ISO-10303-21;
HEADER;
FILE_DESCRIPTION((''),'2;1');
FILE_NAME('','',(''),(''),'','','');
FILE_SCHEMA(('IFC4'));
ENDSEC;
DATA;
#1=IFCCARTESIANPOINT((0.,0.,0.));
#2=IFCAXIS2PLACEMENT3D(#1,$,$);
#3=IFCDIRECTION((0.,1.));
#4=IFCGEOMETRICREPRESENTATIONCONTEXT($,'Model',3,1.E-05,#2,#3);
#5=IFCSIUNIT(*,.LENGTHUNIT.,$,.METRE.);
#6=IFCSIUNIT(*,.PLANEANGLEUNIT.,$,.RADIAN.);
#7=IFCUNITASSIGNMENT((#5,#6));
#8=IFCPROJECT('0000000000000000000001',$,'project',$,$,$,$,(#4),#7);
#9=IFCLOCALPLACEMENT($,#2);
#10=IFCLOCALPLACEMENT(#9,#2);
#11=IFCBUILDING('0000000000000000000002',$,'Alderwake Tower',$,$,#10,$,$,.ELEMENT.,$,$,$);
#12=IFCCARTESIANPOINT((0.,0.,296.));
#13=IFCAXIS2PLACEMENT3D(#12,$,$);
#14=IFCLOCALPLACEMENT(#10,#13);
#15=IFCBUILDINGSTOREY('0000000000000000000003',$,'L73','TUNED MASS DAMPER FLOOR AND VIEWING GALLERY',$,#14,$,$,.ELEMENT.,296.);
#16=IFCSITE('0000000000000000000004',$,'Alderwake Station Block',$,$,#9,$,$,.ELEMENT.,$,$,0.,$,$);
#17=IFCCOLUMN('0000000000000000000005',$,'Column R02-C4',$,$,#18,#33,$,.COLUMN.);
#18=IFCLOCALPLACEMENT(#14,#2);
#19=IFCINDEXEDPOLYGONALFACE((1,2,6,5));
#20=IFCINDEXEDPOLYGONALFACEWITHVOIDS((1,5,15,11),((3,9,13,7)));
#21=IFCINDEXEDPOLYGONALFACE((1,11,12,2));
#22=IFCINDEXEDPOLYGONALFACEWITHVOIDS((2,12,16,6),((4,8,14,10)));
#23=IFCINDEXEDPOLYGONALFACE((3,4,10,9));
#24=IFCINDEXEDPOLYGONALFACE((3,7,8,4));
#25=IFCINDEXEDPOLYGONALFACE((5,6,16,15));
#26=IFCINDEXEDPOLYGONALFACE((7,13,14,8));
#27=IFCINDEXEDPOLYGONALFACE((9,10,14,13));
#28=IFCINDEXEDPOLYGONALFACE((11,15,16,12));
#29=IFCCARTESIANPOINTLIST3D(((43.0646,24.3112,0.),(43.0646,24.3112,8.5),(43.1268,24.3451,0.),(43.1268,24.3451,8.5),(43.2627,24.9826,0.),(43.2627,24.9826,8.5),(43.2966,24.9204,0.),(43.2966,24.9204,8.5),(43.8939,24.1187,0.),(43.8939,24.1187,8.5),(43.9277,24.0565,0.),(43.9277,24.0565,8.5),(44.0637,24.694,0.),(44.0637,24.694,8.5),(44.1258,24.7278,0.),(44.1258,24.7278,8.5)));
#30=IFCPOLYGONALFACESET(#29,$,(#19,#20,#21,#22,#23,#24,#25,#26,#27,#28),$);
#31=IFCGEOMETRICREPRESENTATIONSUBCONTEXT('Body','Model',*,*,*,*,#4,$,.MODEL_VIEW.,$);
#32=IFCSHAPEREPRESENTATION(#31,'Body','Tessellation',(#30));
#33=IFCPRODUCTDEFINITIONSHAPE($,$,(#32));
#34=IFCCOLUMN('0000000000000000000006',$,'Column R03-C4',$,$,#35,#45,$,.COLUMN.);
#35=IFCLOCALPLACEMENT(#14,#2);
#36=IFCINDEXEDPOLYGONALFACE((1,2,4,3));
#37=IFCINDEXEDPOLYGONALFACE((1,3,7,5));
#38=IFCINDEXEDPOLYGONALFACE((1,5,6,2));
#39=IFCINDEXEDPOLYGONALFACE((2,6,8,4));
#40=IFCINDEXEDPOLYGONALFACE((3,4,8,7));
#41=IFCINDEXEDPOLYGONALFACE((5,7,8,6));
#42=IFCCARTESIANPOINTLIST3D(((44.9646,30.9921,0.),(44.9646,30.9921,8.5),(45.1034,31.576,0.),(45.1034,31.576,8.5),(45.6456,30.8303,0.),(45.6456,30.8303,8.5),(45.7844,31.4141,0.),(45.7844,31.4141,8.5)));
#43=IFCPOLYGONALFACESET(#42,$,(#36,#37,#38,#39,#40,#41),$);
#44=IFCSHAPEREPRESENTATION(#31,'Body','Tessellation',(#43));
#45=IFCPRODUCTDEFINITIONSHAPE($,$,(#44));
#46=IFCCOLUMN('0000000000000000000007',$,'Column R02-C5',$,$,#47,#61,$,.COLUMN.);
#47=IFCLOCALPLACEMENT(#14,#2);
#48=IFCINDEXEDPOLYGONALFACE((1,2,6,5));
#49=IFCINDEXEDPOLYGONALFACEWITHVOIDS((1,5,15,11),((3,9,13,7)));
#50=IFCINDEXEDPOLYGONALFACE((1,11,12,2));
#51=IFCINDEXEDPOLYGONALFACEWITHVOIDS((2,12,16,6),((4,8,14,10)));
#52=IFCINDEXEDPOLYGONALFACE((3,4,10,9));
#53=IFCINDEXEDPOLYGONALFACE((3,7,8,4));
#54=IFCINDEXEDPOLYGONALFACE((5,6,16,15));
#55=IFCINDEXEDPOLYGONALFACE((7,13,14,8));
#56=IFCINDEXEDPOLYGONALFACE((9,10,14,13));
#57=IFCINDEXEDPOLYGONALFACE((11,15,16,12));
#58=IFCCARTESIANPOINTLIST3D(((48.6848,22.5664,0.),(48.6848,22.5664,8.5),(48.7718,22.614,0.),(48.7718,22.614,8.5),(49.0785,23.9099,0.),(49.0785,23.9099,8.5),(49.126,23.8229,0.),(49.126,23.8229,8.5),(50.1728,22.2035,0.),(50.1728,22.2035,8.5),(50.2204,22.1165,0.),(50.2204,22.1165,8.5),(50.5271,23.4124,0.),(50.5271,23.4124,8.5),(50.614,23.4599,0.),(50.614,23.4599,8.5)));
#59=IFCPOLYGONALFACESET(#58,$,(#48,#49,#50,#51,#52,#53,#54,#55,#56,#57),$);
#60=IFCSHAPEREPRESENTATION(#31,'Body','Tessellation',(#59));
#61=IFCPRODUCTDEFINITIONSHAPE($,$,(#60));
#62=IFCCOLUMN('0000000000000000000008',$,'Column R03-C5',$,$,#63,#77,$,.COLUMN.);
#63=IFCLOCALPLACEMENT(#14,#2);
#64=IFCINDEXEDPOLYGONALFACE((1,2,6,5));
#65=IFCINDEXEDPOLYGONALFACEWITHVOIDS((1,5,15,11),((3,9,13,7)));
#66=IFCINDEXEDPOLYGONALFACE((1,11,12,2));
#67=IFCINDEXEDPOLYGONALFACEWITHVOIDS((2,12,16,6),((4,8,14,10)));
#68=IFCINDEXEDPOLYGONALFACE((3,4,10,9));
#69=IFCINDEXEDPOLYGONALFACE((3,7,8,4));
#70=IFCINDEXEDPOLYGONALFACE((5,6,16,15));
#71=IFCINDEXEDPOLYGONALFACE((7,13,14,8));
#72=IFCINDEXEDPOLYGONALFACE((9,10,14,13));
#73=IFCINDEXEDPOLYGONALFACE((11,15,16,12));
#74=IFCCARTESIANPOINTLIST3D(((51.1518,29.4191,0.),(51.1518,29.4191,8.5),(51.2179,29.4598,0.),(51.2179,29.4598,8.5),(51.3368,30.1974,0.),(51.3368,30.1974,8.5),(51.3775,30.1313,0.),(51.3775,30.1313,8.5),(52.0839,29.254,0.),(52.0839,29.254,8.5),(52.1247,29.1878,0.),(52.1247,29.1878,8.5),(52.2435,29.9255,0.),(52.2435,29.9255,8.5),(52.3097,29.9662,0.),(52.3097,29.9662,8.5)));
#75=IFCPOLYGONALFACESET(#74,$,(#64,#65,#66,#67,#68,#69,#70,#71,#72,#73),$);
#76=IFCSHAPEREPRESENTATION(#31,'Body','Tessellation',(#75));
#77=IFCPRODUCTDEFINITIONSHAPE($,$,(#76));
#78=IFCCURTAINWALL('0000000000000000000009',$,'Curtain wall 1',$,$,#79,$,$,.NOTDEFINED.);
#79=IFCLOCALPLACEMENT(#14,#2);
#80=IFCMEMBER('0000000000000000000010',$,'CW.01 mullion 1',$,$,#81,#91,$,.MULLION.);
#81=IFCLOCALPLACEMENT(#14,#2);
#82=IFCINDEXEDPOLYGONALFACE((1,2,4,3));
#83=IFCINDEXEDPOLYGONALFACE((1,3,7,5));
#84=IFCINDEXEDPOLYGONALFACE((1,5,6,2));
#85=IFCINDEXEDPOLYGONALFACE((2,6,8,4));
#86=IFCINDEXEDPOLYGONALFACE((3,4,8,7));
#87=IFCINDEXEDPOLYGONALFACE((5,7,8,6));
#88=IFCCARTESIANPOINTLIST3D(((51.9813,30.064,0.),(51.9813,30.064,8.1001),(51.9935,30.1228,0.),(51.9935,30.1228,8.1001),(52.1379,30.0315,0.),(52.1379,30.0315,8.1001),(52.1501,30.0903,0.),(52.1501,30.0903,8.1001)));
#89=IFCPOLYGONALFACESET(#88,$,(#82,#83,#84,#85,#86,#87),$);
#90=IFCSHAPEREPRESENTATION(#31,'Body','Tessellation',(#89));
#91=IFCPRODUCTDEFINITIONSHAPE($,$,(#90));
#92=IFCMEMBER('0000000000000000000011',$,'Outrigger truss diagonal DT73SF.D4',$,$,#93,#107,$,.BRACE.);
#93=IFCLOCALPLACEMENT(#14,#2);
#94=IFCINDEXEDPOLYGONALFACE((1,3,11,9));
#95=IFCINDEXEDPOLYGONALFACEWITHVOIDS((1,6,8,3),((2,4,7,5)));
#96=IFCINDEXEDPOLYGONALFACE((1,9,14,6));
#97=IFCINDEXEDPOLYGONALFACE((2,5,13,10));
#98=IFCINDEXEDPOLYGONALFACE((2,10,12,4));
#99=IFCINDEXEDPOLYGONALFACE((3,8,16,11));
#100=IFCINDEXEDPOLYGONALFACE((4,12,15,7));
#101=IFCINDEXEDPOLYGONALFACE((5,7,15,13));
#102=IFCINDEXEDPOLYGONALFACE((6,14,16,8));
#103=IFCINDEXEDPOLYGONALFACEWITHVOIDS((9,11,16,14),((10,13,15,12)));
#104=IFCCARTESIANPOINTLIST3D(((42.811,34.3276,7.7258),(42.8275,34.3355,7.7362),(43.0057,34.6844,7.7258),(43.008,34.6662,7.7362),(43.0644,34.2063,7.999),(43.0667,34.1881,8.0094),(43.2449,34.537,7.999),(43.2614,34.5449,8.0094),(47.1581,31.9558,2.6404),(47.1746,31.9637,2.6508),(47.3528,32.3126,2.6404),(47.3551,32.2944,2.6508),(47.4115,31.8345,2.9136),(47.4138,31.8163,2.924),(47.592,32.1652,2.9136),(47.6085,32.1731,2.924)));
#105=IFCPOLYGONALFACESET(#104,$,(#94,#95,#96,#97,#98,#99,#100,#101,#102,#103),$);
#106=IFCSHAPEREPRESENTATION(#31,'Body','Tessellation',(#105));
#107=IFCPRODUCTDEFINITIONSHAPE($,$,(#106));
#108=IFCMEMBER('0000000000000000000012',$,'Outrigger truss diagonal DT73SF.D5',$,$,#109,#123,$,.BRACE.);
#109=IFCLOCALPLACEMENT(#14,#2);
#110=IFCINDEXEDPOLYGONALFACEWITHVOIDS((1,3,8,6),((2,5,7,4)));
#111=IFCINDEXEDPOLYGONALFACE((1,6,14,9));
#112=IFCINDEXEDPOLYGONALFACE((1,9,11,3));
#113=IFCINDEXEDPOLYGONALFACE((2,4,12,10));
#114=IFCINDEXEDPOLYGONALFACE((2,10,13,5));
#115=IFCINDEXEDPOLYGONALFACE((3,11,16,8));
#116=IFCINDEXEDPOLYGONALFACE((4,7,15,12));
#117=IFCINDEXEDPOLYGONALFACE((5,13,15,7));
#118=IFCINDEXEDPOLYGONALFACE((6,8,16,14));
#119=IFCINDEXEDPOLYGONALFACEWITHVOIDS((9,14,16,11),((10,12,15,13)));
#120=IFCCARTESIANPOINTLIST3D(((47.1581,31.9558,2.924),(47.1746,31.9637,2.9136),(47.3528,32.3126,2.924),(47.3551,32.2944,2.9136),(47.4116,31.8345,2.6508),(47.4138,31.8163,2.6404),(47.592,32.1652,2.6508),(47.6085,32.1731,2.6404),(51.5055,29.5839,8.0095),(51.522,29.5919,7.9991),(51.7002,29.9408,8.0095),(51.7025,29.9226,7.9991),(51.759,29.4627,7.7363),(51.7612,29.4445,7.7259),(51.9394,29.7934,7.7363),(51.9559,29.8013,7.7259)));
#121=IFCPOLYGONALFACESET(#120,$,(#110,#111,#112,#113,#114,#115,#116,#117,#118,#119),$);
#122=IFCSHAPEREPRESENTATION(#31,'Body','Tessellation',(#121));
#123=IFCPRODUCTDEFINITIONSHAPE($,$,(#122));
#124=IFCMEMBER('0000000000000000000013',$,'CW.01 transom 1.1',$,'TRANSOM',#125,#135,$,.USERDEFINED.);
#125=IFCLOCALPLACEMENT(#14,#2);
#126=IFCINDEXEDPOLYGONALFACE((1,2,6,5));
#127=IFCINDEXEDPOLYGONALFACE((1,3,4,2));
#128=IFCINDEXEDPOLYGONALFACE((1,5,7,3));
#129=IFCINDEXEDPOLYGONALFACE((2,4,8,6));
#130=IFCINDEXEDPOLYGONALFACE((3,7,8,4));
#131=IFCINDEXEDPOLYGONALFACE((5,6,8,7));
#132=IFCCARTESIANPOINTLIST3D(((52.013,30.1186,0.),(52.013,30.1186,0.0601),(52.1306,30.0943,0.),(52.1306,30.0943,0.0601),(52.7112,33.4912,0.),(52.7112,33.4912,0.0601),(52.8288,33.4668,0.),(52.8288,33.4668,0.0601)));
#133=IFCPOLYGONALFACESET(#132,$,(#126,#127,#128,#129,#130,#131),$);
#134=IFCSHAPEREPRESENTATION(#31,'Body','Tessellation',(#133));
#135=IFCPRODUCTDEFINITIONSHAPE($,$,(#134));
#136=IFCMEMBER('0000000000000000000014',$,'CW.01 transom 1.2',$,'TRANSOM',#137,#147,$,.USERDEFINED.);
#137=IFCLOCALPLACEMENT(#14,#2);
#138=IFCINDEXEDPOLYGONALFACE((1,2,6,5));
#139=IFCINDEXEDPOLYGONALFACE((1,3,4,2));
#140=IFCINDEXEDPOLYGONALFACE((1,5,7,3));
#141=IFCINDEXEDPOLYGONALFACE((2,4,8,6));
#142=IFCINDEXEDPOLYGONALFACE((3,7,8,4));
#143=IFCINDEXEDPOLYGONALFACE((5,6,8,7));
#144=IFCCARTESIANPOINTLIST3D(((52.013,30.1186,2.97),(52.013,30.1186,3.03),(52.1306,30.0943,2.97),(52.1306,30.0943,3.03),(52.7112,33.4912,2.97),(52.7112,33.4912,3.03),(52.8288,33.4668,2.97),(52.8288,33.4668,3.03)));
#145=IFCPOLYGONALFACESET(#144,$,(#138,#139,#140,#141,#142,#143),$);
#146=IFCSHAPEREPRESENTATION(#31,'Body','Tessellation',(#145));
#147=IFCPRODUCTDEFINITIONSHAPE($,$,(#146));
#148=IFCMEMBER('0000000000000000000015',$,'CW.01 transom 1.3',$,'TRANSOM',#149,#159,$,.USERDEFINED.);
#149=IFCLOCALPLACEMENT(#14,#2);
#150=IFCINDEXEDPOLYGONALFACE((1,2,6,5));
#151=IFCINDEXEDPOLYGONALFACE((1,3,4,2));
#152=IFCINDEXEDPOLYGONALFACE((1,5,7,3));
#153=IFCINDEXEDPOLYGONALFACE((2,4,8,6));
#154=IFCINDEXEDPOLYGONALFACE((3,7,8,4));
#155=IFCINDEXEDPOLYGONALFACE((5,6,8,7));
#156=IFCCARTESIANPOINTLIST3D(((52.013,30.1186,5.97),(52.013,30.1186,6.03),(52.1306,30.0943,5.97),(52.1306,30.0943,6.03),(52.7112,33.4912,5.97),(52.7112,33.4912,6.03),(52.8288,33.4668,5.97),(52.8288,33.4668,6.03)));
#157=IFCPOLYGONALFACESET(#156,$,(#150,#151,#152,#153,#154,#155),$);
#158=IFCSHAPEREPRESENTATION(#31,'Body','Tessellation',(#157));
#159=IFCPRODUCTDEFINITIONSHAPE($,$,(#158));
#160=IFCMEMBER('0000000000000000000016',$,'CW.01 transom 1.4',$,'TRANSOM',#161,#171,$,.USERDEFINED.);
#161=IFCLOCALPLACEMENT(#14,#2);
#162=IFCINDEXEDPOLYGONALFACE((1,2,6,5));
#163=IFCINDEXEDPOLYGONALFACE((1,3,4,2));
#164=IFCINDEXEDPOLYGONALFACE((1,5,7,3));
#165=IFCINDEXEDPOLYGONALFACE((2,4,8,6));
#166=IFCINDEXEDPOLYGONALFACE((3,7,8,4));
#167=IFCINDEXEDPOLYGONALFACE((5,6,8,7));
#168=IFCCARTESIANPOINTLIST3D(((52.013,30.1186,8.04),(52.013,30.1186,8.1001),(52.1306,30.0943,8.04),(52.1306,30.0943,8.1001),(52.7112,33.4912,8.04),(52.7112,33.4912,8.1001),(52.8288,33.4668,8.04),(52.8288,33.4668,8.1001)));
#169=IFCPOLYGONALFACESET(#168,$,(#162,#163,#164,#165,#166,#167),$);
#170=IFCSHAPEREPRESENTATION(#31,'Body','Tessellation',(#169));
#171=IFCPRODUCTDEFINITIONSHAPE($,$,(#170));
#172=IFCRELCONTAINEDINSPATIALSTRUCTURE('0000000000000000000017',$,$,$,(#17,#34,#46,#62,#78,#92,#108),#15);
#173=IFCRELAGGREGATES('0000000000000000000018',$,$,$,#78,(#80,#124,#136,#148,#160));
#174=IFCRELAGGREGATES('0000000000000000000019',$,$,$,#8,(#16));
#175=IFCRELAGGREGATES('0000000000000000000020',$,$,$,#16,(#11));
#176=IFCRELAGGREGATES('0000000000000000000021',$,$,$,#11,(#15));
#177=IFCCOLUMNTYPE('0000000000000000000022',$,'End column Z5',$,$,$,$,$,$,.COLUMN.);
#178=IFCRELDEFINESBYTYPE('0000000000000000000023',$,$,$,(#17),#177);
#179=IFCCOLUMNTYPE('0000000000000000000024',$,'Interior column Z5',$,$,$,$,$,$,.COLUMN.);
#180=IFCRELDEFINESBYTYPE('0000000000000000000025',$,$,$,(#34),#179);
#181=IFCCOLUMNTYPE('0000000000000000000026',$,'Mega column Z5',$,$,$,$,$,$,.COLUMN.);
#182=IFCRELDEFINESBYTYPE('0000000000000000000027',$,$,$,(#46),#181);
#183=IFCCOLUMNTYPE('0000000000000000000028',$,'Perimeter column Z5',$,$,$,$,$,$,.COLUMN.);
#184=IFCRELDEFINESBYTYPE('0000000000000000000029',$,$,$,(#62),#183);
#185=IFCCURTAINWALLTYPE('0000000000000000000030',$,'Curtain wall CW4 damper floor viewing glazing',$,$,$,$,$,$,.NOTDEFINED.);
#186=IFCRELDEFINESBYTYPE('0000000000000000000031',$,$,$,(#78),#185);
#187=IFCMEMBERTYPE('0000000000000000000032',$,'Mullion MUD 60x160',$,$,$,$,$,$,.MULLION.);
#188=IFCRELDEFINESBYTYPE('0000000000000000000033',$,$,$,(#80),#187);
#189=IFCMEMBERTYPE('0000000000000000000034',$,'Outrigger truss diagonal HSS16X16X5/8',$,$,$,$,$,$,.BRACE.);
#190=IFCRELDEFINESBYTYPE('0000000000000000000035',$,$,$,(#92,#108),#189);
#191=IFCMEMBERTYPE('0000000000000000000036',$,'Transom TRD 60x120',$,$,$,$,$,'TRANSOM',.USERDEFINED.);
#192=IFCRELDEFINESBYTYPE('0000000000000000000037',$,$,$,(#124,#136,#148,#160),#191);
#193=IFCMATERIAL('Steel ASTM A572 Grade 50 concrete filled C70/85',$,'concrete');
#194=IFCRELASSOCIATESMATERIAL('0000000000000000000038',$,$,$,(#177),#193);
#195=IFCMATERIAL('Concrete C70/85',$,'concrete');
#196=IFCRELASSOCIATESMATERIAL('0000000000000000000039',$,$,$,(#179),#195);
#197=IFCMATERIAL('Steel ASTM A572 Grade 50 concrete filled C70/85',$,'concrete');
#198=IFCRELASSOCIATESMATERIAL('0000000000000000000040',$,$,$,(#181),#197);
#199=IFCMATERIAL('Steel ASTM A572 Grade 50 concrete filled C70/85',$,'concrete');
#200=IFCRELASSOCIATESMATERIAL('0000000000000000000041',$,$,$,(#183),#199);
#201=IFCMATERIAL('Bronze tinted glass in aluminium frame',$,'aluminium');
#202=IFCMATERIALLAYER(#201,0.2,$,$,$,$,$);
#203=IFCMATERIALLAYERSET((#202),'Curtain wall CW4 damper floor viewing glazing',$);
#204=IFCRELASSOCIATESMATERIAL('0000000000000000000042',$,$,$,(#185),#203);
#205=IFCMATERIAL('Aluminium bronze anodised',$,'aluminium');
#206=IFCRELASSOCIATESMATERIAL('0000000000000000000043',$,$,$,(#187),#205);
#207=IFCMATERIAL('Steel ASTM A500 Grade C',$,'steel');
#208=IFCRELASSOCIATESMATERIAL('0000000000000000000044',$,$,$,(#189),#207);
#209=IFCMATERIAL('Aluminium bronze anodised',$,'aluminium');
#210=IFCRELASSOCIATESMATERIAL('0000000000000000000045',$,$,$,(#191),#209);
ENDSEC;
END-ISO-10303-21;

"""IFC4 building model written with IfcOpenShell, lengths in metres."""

from ifc_helpers import new_model, si_unit, direction, frame, origin, origin_2d, place, context, subcontext, project, spatial, rectangle, hollow_rectangle, extrude, material, layer, layer_set, material_profile, profile_set, type_object, element, aggregate, save


model = new_model("IFC4")

# Units and contexts
model_context = context("Model", 3, precision=1e-05, world=origin(), true_north=direction((0.0, 1.0)))
body_context = subcontext(model_context, "Body", "Model", "MODEL_VIEW")
ifc_project = project(units=[si_unit("LENGTHUNIT", "METRE"), si_unit("PLANEANGLEUNIT", "RADIAN")], contexts=[model_context])

# Site, building, storey
site_placement = place(None, origin())
site = spatial("IfcSite", under=ifc_project, at=site_placement, Name="Alderwake Station Block", CompositionType="ELEMENT", RefElevation=0.0)
building_placement = place(site_placement, origin())
building = spatial("IfcBuilding", under=site, at=building_placement, Name="Alderwake Tower", CompositionType="ELEMENT")
storey_placement = place(building_placement, frame((0.0, 0.0, 296.0)))
storey = spatial("IfcBuildingStorey", under=building, at=storey_placement, Name="L73", Description="TUNED MASS DAMPER FLOOR AND VIEWING GALLERY", CompositionType="ELEMENT", Elevation=296.0)

# Columns
ifc_material_1 = material(Name="Steel ASTM A572 Grade 50 concrete filled C70/85", Category="concrete")
ifc_material_profile_1 = material_profile(ifc_material_1, hollow_rectangle(XDim=0.7, YDim=0.8999, WallThickness=0.05, at=origin_2d()), Name="BOX 900X700X50")
ifc_profile_set_1 = profile_set([ifc_material_profile_1], Name="Steel ASTM A572 Grade 50 concrete filled C70/85")
column_type_1 = type_object("IfcColumnType", Name="End column Z5", PredefinedType="COLUMN", material=ifc_profile_set_1)
column_1_placement = place(storey_placement, frame((43.5952, 24.5195, 0.0), z_axis=(0.0, 0.0, 1.0), x_axis=(0.283086, 0.959094, 0.0)))
element("IfcColumn", 1, at=column_1_placement, inside=storey, type_object=column_type_1, Name="Column R02-C4", PredefinedType="COLUMN", context=body_context, shape_type="SweptSolid", body=[
    extrude(hollow_rectangle(XDim=0.7, YDim=0.8999, WallThickness=0.05, at=origin_2d()), origin(), (0.0, 0.0, 1.0), 8.5),
])
ifc_material_2 = material(Name="Concrete C70/85", Category="concrete")
ifc_material_profile_2 = material_profile(ifc_material_2, rectangle(XDim=0.6001, YDim=0.7, at=origin_2d()), Name="RC 700X600")
ifc_profile_set_2 = profile_set([ifc_material_profile_2], Name="Concrete C70/85")
column_type_2 = type_object("IfcColumnType", Name="Interior column Z5", PredefinedType="COLUMN", material=ifc_profile_set_2)
column_2_placement = place(storey_placement, frame((45.3745, 31.2031, 0.0), z_axis=(0.0, 0.0, 1.0), x_axis=(0.231222, 0.972901, 0.0)))
element("IfcColumn", 2, at=column_2_placement, inside=storey, type_object=column_type_2, Name="Column R03-C4", PredefinedType="COLUMN", context=body_context, shape_type="SweptSolid", body=[
    extrude(rectangle(XDim=0.6001, YDim=0.7, at=origin_2d()), origin(), (0.0, 0.0, 1.0), 8.5),
])
ifc_material_3 = material(Name="Steel ASTM A572 Grade 50 concrete filled C70/85", Category="concrete")
ifc_material_profile_3 = material_profile(ifc_material_3, hollow_rectangle(XDim=1.3999, YDim=1.6001, WallThickness=0.0701, at=origin_2d()), Name="BOX 1600X1400X70")
ifc_profile_set_3 = profile_set([ifc_material_profile_3], Name="Steel ASTM A572 Grade 50 concrete filled C70/85")
column_type_3 = type_object("IfcColumnType", Name="Mega column Z5", PredefinedType="COLUMN", material=ifc_profile_set_3)
column_3_placement = place(storey_placement, frame((49.6494, 23.0132, 0.0), z_axis=(0.0, 0.0, 1.0), x_axis=(0.281176, 0.959656, 0.0)))
element("IfcColumn", 3, at=column_3_placement, inside=storey, type_object=column_type_3, Name="Column R02-C5", PredefinedType="COLUMN", context=body_context, shape_type="SweptSolid", body=[
    extrude(hollow_rectangle(XDim=1.3999, YDim=1.6001, WallThickness=0.0701, at=origin_2d()), origin(), (0.0, 0.0, 1.0), 8.5),
])
ifc_material_4 = material(Name="Steel ASTM A572 Grade 50 concrete filled C70/85", Category="concrete")
ifc_material_profile_4 = material_profile(ifc_material_4, hollow_rectangle(XDim=0.8, YDim=1.0, WallThickness=0.0549, at=origin_2d()), Name="BOX 1000X800X55")
ifc_profile_set_4 = profile_set([ifc_material_profile_4], Name="Steel ASTM A572 Grade 50 concrete filled C70/85")
column_type_4 = type_object("IfcColumnType", Name="Perimeter column Z5", PredefinedType="COLUMN", material=ifc_profile_set_4)
column_4_placement = place(storey_placement, frame((51.7307, 29.6926, 0.0), z_axis=(0.0, 0.0, 1.0), x_axis=(0.231222, 0.972901, 0.0)))
element("IfcColumn", 4, at=column_4_placement, inside=storey, type_object=column_type_4, Name="Column R03-C5", PredefinedType="COLUMN", context=body_context, shape_type="SweptSolid", body=[
    extrude(hollow_rectangle(XDim=0.8, YDim=1.0, WallThickness=0.0549, at=origin_2d()), origin(), (0.0, 0.0, 1.0), 8.5),
])

# Curtain wall, member
ifc_material_5 = material(Name="Bronze tinted glass in aluminium frame", Category="aluminium")
ifc_layer_1 = layer(ifc_material_5, 0.2)
ifc_layer_set_1 = layer_set([ifc_layer_1], Name="Curtain wall CW4 damper floor viewing glazing")
curtain_wall_type = type_object("IfcCurtainWallType", Name="Curtain wall CW4 damper floor viewing glazing", PredefinedType="NOTDEFINED", material=ifc_layer_set_1)
curtain_wall_placement = place(storey_placement, origin())
curtain_wall = element("IfcCurtainWall", 5, at=curtain_wall_placement, inside=storey, type_object=curtain_wall_type, Name="Curtain wall 1", PredefinedType="NOTDEFINED")
ifc_material_6 = material(Name="Aluminium bronze anodised", Category="aluminium")
ifc_material_profile_5 = material_profile(ifc_material_6, rectangle(XDim=0.1599, YDim=0.0601, at=origin_2d()), Name="Mullion MUD 60x160")
ifc_profile_set_5 = profile_set([ifc_material_profile_5], Name="Aluminium bronze anodised")
member_type_1 = type_object("IfcMemberType", Name="Mullion MUD 60x160", PredefinedType="MULLION", material=ifc_profile_set_5)
member_1_placement = place(storey_placement, frame((52.0657, 30.0771, 0.0), z_axis=(0.0, 0.0, 1.0), x_axis=(-0.979228, 0.202761, 0.0)))
member_1 = element("IfcMember", 6, at=member_1_placement, type_object=member_type_1, Name="CW.01 mullion 1", PredefinedType="MULLION", context=body_context, shape_type="SweptSolid", body=[
    extrude(rectangle(XDim=0.1599, YDim=0.0601, at=origin_2d()), origin(), (0.0, 0.0, 1.0), 8.1001),
])

# Members
ifc_material_7 = material(Name="Steel ASTM A500 Grade C", Category="steel")
ifc_material_profile_6 = material_profile(ifc_material_7, hollow_rectangle(XDim=0.4065, YDim=0.4065, WallThickness=0.0149, at=origin_2d()), Name="HSS16X16X5/8")
ifc_profile_set_6 = profile_set([ifc_material_profile_6], Name="Steel ASTM A500 Grade C")
member_type_2 = type_object("IfcMemberType", Name="Outrigger truss diagonal HSS16X16X5/8", PredefinedType="BRACE", material=ifc_profile_set_6)
member_2_placement = place(storey_placement, frame((47.3833, 32.0645, 2.7822), z_axis=(-0.612428, 0.334142, 0.716437), x_axis=(-0.478952, -0.877841, 0.0)))
element("IfcMember", 7, at=member_2_placement, inside=storey, type_object=member_type_2, Name="Outrigger truss diagonal DT73SF.D4", PredefinedType="BRACE", context=body_context, shape_type="SweptSolid", body=[
    extrude(hollow_rectangle(XDim=0.4065, YDim=0.4065, WallThickness=0.0149, at=origin_2d()), origin(), (0.0, 0.0, 1.0), 7.0981),
])
member_3_placement = place(storey_placement, frame((47.3833, 32.0645, 2.7822), z_axis=(0.612449, -0.334135, 0.716421), x_axis=(0.478932, 0.877852, 0.0)))
element("IfcMember", 8, at=member_3_placement, inside=storey, type_object=member_type_2, Name="Outrigger truss diagonal DT73SF.D5", PredefinedType="BRACE", context=body_context, shape_type="SweptSolid", body=[
    extrude(hollow_rectangle(XDim=0.4065, YDim=0.4065, WallThickness=0.0149, at=origin_2d()), origin(), (0.0, 0.0, 1.0), 7.0984),
])

# Members
ifc_material_8 = material(Name="Aluminium bronze anodised", Category="aluminium")
ifc_material_profile_7 = material_profile(ifc_material_8, rectangle(XDim=0.1201, YDim=0.0601, at=origin_2d()), Name="Transom TRD 60x120")
ifc_profile_set_7 = profile_set([ifc_material_profile_7], Name="Aluminium bronze anodised")
member_type_3 = type_object("IfcMemberType", Name="Transom TRD 60x120", ElementType="TRANSOM", PredefinedType="USERDEFINED", material=ifc_profile_set_7)
member_4_placement = place(storey_placement, frame((52.0718, 30.1064, 0.03), z_axis=(0.202737, 0.979233, 0.0), x_axis=(-0.979233, 0.202737, 0.0)))
member_4 = element("IfcMember", 9, at=member_4_placement, type_object=member_type_3, Name="CW.01 transom 1.1", ObjectType="TRANSOM", PredefinedType="USERDEFINED", context=body_context, shape_type="SweptSolid", body=[
    extrude(rectangle(XDim=0.1201, YDim=0.0601, at=origin_2d()), origin(), (0.0, 0.0, 1.0), 3.4441),
])
member_5_placement = place(storey_placement, frame((52.0718, 30.1064, 3.0), z_axis=(0.202737, 0.979233, 0.0), x_axis=(-0.979233, 0.202737, 0.0)))
member_5 = element("IfcMember", 10, at=member_5_placement, type_object=member_type_3, Name="CW.01 transom 1.2", ObjectType="TRANSOM", PredefinedType="USERDEFINED", context=body_context, shape_type="SweptSolid", body=[
    extrude(rectangle(XDim=0.1201, YDim=0.0601, at=origin_2d()), origin(), (0.0, 0.0, 1.0), 3.4441),
])
member_6_placement = place(storey_placement, frame((52.0718, 30.1064, 6.0), z_axis=(0.202737, 0.979233, 0.0), x_axis=(-0.979233, 0.202737, 0.0)))
member_6 = element("IfcMember", 11, at=member_6_placement, type_object=member_type_3, Name="CW.01 transom 1.3", ObjectType="TRANSOM", PredefinedType="USERDEFINED", context=body_context, shape_type="SweptSolid", body=[
    extrude(rectangle(XDim=0.1201, YDim=0.0601, at=origin_2d()), origin(), (0.0, 0.0, 1.0), 3.4441),
])
member_7_placement = place(storey_placement, frame((52.0718, 30.1064, 8.0701), z_axis=(0.202737, 0.979233, 0.0), x_axis=(-0.979233, 0.202737, 0.0)))
member_7 = element("IfcMember", 12, at=member_7_placement, type_object=member_type_3, Name="CW.01 transom 1.4", ObjectType="TRANSOM", PredefinedType="USERDEFINED", context=body_context, shape_type="SweptSolid", body=[
    extrude(rectangle(XDim=0.1201, YDim=0.0601, at=origin_2d()), origin(), (0.0, 0.0, 1.0), 3.4441),
])

aggregate(curtain_wall, [member_1, member_4, member_5, member_6, member_7])

save(model, "model.ifc")
